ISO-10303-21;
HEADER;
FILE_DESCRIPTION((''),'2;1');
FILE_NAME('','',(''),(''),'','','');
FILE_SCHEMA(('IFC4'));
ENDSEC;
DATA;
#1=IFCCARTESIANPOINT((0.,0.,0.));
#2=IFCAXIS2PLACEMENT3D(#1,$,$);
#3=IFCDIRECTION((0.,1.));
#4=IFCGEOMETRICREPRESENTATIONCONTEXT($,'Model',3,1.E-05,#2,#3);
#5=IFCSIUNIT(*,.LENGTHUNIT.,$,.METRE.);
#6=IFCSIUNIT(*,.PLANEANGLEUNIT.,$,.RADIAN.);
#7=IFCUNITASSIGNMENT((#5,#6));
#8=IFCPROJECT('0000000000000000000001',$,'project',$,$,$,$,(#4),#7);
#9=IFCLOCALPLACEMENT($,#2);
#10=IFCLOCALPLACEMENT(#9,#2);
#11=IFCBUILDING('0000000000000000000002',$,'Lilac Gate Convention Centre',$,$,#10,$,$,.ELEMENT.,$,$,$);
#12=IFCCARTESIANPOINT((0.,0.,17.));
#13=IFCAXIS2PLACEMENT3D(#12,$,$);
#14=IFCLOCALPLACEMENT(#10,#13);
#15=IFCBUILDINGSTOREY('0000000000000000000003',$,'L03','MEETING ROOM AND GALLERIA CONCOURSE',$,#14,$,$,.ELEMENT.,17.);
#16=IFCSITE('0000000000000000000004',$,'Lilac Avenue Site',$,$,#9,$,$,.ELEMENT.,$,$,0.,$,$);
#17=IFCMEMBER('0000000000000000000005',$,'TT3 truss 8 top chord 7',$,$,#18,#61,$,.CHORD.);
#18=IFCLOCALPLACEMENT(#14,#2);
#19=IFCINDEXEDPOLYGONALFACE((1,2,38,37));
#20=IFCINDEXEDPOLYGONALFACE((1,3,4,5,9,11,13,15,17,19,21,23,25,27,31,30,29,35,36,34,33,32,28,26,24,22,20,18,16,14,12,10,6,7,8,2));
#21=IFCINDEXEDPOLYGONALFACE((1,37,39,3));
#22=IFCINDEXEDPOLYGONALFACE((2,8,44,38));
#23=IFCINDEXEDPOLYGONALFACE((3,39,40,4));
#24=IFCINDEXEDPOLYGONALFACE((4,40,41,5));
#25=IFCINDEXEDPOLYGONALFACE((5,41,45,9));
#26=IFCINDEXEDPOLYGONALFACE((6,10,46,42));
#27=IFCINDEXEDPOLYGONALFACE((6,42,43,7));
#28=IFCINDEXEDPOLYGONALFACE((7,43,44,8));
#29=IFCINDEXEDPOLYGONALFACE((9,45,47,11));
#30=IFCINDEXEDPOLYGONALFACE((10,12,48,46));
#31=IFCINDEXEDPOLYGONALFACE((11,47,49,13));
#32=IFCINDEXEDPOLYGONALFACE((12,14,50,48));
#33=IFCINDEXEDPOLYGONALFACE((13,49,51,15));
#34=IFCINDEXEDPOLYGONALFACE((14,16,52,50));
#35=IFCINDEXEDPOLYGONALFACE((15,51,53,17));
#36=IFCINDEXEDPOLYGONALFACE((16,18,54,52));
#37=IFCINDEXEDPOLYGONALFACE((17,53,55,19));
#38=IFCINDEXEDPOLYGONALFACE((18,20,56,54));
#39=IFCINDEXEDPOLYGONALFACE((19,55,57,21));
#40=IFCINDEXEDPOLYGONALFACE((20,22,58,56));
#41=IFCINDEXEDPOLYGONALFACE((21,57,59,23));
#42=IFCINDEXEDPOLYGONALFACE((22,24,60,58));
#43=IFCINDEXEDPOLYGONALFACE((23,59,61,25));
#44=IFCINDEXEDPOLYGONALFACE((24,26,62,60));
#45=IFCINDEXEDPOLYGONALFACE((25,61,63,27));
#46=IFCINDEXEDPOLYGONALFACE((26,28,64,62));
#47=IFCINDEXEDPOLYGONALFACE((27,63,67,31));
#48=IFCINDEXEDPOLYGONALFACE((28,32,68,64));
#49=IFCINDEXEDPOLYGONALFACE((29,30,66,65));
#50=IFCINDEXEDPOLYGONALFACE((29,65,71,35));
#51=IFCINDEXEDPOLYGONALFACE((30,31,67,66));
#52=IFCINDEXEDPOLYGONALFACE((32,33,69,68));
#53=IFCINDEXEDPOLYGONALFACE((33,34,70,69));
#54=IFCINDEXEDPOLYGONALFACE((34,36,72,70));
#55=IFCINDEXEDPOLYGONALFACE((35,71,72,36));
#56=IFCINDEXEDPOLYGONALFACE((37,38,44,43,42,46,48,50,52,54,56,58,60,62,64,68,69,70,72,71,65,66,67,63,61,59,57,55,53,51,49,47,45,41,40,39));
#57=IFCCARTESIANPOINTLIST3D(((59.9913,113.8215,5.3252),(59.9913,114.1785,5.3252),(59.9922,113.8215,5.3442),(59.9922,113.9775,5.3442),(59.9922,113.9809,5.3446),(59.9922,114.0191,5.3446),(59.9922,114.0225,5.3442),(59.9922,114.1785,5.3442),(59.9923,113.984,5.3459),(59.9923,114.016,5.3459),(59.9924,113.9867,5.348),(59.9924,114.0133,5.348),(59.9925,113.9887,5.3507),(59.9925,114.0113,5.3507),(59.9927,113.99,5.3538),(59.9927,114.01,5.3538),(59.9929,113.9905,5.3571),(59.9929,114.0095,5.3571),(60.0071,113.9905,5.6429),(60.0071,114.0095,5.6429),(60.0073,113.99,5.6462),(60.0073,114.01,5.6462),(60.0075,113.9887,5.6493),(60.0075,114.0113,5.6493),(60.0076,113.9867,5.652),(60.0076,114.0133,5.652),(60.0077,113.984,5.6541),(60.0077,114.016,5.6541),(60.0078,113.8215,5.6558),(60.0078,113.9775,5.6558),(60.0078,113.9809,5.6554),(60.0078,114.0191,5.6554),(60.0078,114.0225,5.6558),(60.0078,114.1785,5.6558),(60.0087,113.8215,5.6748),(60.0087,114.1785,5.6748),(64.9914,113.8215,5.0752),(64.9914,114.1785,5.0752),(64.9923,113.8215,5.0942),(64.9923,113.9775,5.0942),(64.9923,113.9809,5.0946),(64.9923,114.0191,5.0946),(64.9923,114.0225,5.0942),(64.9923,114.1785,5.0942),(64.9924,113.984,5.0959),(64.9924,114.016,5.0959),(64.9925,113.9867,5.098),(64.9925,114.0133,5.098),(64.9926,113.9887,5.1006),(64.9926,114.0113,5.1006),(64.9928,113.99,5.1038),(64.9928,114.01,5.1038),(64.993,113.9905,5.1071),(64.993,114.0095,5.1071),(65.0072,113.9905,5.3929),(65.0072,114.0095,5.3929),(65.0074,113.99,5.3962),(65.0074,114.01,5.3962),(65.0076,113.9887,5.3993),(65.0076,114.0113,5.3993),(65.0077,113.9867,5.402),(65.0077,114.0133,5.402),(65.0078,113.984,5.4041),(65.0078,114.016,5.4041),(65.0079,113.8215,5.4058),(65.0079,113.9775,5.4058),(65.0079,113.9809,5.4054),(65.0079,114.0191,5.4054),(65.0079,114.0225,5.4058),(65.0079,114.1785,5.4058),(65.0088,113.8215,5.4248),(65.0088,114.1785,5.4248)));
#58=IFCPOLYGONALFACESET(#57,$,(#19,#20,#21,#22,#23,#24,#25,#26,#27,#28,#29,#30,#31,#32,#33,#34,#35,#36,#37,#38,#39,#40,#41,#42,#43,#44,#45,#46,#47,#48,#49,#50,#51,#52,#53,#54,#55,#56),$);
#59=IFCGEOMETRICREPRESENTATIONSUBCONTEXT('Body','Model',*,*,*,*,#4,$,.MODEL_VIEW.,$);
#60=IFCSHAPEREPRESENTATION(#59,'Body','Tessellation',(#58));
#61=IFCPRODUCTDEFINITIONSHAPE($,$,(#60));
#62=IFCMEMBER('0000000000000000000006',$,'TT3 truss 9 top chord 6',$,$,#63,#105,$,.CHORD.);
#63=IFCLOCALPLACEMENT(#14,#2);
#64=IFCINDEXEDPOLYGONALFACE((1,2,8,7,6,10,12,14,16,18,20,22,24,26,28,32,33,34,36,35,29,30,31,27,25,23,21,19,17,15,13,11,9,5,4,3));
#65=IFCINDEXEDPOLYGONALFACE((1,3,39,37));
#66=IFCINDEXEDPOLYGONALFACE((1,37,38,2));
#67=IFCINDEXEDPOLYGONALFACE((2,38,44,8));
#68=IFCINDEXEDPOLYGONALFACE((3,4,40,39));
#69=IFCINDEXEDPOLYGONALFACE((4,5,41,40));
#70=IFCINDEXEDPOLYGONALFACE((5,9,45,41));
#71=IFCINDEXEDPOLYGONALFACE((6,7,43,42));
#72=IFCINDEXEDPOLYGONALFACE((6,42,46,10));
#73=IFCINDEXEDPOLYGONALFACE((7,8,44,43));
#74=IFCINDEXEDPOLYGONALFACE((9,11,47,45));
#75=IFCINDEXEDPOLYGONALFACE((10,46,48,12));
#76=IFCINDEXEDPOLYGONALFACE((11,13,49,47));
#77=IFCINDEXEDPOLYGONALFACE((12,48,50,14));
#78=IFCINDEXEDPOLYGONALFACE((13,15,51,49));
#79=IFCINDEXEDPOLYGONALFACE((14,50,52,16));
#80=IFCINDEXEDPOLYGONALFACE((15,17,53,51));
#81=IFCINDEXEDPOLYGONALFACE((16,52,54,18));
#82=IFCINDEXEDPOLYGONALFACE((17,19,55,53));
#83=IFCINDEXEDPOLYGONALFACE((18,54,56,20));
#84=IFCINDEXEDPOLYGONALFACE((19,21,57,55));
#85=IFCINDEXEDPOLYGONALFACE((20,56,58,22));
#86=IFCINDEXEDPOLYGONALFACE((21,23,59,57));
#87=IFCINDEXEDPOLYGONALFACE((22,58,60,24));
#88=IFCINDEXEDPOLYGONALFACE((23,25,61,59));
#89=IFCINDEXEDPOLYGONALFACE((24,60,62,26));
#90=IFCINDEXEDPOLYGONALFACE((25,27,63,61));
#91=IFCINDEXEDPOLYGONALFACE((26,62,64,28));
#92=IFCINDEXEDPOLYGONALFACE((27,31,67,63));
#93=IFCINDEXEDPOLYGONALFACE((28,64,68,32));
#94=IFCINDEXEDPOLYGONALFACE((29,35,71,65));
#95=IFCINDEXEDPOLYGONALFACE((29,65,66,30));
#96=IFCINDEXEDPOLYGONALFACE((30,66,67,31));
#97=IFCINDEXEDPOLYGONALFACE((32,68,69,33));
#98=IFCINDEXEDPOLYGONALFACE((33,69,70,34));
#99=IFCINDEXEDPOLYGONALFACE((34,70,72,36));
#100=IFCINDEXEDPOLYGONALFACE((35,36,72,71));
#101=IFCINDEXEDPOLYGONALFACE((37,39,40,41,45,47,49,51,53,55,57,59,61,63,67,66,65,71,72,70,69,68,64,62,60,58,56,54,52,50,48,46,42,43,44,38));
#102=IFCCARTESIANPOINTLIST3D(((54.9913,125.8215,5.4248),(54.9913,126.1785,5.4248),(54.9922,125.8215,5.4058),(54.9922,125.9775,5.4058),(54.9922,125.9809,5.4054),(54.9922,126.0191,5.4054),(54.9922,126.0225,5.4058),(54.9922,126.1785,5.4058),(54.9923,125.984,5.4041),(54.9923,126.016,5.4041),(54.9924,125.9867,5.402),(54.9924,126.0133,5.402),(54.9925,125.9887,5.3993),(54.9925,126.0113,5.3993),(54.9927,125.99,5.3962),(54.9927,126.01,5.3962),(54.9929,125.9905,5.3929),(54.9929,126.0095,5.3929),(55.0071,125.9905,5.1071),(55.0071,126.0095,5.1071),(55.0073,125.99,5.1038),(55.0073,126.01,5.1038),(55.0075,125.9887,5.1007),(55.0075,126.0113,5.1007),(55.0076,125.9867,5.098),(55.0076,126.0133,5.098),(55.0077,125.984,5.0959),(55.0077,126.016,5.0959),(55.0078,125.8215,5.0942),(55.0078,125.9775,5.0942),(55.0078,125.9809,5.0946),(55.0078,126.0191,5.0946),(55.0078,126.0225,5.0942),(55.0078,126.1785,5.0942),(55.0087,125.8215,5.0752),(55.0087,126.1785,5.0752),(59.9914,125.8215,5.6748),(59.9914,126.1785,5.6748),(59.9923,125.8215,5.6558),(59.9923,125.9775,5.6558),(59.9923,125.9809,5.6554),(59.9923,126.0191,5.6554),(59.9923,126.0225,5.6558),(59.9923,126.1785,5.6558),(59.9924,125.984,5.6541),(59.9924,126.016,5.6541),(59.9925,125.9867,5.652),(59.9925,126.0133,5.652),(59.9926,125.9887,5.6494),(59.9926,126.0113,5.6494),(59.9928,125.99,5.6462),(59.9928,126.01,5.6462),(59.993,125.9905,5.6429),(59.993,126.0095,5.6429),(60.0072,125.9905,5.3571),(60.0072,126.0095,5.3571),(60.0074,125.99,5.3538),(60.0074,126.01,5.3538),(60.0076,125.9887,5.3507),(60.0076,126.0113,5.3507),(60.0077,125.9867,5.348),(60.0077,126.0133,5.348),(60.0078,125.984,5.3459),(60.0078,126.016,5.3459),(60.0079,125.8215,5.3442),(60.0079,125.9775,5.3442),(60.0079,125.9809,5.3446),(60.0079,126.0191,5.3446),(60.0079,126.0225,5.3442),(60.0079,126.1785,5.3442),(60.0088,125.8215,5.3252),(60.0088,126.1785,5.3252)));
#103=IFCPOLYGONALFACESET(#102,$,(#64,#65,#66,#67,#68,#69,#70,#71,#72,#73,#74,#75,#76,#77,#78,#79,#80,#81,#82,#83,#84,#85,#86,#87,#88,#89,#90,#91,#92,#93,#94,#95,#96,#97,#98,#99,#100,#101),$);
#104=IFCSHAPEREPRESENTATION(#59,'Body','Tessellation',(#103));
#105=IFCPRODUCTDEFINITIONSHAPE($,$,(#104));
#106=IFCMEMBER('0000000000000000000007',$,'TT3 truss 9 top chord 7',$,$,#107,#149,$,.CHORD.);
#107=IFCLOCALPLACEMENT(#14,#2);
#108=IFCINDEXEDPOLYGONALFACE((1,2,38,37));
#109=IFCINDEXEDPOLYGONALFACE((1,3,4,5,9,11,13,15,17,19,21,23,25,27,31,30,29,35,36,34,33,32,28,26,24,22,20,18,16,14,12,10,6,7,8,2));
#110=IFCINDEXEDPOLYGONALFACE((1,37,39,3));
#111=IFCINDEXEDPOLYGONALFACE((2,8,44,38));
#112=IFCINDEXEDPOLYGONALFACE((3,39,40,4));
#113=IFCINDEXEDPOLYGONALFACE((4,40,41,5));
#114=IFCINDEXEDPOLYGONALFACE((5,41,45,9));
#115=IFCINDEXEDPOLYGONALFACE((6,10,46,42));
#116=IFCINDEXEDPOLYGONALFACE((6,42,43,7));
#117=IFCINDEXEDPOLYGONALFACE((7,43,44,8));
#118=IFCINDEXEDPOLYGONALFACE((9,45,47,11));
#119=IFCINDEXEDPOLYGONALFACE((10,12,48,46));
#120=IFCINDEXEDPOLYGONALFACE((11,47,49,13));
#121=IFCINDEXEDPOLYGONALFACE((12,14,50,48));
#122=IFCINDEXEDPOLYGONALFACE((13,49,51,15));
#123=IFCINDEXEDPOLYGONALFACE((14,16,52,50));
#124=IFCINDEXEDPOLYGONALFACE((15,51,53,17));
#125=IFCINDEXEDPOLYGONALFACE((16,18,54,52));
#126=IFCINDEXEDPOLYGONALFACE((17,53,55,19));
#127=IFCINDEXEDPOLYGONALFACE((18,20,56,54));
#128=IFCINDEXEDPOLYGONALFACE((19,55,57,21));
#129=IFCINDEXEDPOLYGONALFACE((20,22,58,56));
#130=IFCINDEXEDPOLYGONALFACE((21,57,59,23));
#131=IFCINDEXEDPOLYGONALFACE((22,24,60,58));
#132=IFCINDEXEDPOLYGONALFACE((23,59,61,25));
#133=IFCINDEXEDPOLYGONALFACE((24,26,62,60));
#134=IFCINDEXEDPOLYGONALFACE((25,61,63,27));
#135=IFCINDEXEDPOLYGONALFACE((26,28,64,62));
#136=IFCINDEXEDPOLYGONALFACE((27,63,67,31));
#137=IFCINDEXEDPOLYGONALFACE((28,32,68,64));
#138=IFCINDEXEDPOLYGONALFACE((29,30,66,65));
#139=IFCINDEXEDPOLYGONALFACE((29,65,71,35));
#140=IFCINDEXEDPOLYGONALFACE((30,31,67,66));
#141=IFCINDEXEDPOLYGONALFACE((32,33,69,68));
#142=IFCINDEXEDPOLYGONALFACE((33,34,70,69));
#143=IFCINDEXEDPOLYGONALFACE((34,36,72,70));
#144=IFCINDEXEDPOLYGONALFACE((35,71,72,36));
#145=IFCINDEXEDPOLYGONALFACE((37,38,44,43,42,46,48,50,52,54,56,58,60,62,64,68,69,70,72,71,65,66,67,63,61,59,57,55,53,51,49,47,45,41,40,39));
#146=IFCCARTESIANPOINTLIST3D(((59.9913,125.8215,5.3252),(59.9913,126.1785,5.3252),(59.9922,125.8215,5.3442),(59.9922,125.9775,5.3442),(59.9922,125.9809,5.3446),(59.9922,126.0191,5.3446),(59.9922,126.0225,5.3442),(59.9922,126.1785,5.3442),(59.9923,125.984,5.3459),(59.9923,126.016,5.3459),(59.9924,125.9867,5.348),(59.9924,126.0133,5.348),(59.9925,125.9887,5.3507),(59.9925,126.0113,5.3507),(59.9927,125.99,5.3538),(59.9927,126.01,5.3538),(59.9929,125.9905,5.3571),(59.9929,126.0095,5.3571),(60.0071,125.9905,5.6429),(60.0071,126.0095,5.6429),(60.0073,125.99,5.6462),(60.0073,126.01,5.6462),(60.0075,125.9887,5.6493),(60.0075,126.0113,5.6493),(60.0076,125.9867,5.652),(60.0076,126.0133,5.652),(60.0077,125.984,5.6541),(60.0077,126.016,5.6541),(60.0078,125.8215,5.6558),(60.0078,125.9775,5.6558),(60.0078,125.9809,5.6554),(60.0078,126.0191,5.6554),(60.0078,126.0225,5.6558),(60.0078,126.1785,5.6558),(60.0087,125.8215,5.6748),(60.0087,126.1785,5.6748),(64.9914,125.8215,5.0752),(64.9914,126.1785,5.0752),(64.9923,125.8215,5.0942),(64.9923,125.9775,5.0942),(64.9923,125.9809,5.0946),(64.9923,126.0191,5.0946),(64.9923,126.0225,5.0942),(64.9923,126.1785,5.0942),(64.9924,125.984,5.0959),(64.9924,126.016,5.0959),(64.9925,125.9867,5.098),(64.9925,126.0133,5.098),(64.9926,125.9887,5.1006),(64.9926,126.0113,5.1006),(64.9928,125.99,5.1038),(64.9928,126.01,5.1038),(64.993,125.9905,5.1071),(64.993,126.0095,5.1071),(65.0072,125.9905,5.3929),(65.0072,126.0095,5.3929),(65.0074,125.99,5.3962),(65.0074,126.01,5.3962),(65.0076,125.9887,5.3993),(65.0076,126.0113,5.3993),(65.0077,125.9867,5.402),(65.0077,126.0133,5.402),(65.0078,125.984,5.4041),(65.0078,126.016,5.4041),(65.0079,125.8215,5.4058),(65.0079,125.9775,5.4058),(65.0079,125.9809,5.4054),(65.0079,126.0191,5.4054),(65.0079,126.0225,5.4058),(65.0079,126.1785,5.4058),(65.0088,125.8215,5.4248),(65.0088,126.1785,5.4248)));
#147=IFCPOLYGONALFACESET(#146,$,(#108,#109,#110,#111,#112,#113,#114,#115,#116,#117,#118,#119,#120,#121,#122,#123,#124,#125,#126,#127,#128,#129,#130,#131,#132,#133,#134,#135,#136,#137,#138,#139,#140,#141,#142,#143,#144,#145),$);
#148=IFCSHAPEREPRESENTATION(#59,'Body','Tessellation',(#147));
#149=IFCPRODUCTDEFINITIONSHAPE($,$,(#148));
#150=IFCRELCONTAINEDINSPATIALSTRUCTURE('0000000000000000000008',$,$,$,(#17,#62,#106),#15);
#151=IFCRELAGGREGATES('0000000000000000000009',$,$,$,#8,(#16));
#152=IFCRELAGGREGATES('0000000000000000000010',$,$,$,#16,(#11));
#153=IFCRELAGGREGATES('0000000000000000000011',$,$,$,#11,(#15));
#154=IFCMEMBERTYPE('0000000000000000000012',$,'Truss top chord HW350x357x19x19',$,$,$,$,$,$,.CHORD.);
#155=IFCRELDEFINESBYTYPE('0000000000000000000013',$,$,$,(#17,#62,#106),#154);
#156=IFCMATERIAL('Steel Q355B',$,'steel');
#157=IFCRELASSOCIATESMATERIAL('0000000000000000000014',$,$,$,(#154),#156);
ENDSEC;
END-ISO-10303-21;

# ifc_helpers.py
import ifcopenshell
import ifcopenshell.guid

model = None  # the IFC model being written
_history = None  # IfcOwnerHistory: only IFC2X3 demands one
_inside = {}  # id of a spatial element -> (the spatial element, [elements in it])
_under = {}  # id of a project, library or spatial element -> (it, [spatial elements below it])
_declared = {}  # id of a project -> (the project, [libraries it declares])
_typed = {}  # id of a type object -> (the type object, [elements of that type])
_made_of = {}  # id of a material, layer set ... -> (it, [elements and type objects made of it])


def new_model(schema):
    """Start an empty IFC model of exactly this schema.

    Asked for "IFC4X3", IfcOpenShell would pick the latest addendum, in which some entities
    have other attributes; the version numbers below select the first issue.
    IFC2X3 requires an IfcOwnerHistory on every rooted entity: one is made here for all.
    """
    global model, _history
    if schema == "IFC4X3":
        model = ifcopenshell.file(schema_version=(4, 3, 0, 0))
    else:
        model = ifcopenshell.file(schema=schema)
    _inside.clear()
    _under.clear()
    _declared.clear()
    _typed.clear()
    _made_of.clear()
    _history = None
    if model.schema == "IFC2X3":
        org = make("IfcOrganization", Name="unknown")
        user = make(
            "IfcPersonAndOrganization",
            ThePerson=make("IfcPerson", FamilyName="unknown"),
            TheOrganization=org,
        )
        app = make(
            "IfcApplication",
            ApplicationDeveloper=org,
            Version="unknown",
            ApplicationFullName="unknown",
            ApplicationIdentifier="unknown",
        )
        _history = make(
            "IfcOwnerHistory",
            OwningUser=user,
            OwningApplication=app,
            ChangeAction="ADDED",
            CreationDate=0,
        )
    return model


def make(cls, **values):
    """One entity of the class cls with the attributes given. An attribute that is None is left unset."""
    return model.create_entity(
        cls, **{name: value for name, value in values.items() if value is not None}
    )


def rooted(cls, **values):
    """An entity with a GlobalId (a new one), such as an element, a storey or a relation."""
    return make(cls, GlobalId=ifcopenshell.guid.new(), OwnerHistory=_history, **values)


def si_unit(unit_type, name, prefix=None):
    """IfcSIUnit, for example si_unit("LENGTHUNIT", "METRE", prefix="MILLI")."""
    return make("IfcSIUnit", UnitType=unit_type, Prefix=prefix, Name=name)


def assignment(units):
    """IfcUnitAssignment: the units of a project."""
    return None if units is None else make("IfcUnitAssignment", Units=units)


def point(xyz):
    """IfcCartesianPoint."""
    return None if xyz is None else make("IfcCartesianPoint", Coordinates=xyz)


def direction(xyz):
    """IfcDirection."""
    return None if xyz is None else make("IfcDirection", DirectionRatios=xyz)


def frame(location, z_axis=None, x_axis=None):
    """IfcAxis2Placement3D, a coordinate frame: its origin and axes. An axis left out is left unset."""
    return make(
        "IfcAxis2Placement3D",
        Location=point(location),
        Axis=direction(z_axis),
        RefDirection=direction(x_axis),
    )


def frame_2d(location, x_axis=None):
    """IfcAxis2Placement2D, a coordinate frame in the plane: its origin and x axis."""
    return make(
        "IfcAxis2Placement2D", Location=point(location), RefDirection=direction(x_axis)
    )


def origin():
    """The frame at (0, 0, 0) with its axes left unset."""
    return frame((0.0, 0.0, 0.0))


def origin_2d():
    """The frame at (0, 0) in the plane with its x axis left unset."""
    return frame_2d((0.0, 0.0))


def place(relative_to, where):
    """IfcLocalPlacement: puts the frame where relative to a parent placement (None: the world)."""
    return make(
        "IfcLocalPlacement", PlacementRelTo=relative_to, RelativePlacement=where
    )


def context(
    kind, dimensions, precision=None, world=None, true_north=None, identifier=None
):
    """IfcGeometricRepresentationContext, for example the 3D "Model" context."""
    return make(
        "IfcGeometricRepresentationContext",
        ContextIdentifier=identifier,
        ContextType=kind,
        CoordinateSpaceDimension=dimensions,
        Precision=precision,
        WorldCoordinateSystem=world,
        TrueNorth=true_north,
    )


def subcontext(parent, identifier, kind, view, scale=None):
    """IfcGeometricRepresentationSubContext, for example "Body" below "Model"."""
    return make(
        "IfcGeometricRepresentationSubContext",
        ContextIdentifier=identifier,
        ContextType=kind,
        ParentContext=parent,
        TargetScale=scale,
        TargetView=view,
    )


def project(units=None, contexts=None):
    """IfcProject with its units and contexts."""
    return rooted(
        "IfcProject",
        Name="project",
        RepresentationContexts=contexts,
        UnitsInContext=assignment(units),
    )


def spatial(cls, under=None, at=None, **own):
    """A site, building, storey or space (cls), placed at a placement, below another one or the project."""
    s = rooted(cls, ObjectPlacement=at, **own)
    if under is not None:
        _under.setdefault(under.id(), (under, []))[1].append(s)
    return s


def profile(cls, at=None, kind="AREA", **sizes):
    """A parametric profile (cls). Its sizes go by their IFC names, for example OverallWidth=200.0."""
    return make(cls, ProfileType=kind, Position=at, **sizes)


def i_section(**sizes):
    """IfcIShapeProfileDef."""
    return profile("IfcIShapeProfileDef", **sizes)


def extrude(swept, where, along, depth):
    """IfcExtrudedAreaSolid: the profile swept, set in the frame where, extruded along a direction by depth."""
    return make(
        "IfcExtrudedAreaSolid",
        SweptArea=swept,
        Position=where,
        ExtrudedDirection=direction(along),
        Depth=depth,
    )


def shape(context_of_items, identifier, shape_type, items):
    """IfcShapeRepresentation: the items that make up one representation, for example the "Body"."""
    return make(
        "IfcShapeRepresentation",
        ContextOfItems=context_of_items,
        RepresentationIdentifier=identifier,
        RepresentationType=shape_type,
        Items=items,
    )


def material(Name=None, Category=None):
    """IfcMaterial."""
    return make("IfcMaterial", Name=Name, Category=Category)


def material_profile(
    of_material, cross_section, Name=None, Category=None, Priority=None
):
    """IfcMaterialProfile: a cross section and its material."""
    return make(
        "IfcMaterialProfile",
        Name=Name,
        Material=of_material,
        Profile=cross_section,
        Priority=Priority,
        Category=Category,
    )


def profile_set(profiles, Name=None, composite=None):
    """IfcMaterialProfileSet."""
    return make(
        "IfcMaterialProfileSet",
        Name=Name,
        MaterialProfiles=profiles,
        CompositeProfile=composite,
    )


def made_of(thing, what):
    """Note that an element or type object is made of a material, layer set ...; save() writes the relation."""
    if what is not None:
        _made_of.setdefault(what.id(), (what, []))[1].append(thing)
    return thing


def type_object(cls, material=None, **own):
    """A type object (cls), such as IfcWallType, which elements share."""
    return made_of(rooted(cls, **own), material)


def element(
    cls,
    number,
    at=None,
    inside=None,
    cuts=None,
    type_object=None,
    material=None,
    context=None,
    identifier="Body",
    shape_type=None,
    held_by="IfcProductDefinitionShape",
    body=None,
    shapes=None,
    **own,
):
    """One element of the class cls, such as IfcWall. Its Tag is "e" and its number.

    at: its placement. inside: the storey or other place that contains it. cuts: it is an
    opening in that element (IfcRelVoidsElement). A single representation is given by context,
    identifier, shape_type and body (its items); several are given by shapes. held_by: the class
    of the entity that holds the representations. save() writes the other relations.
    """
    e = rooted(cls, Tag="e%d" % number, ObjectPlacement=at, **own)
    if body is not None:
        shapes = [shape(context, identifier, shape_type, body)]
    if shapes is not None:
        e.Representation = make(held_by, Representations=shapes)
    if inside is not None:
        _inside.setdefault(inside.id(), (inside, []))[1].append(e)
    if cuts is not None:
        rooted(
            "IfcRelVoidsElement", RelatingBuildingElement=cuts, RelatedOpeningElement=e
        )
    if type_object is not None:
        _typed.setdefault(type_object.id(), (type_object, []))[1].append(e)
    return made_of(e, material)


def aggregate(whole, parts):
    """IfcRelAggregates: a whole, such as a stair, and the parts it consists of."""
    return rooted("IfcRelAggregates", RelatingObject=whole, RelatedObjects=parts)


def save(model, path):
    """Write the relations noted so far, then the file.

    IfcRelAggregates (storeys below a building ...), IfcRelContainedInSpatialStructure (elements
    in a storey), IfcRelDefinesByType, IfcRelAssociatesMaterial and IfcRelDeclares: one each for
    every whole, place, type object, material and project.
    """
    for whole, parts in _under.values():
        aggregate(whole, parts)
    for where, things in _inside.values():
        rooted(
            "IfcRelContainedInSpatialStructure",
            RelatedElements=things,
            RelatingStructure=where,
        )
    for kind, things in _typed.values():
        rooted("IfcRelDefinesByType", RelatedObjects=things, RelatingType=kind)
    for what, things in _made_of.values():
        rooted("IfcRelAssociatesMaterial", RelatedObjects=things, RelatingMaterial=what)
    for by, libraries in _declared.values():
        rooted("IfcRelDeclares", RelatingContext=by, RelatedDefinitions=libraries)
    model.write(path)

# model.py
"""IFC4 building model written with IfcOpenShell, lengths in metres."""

from ifc_helpers import new_model, si_unit, direction, frame, origin, origin_2d, place, context, subcontext, project, spatial, i_section, extrude, material, material_profile, profile_set, type_object, element, save


model = new_model("IFC4")

# Units and contexts
model_context = context("Model", 3, precision=1e-05, world=origin(), true_north=direction((0.0, 1.0)))
body_context = subcontext(model_context, "Body", "Model", "MODEL_VIEW")
ifc_project = project(units=[si_unit("LENGTHUNIT", "METRE"), si_unit("PLANEANGLEUNIT", "RADIAN")], contexts=[model_context])

# Site, building, storey
site_placement = place(None, origin())
site = spatial("IfcSite", under=ifc_project, at=site_placement, Name="Lilac Avenue Site", CompositionType="ELEMENT", RefElevation=0.0)
building_placement = place(site_placement, origin())
building = spatial("IfcBuilding", under=site, at=building_placement, Name="Lilac Gate Convention Centre", CompositionType="ELEMENT")
storey_placement = place(building_placement, frame((0.0, 0.0, 17.0)))
storey = spatial("IfcBuildingStorey", under=building, at=storey_placement, Name="L03", Description="MEETING ROOM AND GALLERIA CONCOURSE", CompositionType="ELEMENT", Elevation=17.0)

# Members
ifc_material = material(Name="Steel Q355B", Category="steel")
ifc_material_profile_1 = material_profile(ifc_material, i_section(OverallWidth=0.3569, OverallDepth=0.3501, WebThickness=0.019, FlangeThickness=0.019, FilletRadius=0.0129, at=origin_2d()), Name="HW350x357x19x19")
ifc_profile_set_1 = profile_set([ifc_material_profile_1], Name="Steel Q355B")
member_type_1 = type_object("IfcMemberType", Name="Truss top chord HW350x357x19x19", PredefinedType="CHORD", material=ifc_profile_set_1)
for number, where, z_axis, x_axis, name in (
    (1, (60.0, 114.0, 5.5), (0.998752, 0.0, -0.049938), (0.0, 1.0, 0.0), "TT3 truss 8 top chord 7"),
    (2, (55.0, 126.0, 5.25), (0.998752, 0.0, 0.049938), (0.0, 1.0, 0.0), "TT3 truss 9 top chord 6"),
    (3, (60.0, 126.0, 5.5), (0.998752, 0.0, -0.049938), (0.0, 1.0, 0.0), "TT3 truss 9 top chord 7"),
):
    element("IfcMember", number, at=place(storey_placement, frame(where, z_axis=z_axis, x_axis=x_axis)), inside=storey, type_object=member_type_1, Name=name, PredefinedType="CHORD", context=body_context, shape_type="SweptSolid", body=[
        extrude(i_section(OverallWidth=0.3569, OverallDepth=0.3501, WebThickness=0.019, FlangeThickness=0.019, FilletRadius=0.0129, at=origin_2d()), origin(), (0.0, 0.0, 1.0), 5.0063),
    ])

save(model, "model.ifc")
